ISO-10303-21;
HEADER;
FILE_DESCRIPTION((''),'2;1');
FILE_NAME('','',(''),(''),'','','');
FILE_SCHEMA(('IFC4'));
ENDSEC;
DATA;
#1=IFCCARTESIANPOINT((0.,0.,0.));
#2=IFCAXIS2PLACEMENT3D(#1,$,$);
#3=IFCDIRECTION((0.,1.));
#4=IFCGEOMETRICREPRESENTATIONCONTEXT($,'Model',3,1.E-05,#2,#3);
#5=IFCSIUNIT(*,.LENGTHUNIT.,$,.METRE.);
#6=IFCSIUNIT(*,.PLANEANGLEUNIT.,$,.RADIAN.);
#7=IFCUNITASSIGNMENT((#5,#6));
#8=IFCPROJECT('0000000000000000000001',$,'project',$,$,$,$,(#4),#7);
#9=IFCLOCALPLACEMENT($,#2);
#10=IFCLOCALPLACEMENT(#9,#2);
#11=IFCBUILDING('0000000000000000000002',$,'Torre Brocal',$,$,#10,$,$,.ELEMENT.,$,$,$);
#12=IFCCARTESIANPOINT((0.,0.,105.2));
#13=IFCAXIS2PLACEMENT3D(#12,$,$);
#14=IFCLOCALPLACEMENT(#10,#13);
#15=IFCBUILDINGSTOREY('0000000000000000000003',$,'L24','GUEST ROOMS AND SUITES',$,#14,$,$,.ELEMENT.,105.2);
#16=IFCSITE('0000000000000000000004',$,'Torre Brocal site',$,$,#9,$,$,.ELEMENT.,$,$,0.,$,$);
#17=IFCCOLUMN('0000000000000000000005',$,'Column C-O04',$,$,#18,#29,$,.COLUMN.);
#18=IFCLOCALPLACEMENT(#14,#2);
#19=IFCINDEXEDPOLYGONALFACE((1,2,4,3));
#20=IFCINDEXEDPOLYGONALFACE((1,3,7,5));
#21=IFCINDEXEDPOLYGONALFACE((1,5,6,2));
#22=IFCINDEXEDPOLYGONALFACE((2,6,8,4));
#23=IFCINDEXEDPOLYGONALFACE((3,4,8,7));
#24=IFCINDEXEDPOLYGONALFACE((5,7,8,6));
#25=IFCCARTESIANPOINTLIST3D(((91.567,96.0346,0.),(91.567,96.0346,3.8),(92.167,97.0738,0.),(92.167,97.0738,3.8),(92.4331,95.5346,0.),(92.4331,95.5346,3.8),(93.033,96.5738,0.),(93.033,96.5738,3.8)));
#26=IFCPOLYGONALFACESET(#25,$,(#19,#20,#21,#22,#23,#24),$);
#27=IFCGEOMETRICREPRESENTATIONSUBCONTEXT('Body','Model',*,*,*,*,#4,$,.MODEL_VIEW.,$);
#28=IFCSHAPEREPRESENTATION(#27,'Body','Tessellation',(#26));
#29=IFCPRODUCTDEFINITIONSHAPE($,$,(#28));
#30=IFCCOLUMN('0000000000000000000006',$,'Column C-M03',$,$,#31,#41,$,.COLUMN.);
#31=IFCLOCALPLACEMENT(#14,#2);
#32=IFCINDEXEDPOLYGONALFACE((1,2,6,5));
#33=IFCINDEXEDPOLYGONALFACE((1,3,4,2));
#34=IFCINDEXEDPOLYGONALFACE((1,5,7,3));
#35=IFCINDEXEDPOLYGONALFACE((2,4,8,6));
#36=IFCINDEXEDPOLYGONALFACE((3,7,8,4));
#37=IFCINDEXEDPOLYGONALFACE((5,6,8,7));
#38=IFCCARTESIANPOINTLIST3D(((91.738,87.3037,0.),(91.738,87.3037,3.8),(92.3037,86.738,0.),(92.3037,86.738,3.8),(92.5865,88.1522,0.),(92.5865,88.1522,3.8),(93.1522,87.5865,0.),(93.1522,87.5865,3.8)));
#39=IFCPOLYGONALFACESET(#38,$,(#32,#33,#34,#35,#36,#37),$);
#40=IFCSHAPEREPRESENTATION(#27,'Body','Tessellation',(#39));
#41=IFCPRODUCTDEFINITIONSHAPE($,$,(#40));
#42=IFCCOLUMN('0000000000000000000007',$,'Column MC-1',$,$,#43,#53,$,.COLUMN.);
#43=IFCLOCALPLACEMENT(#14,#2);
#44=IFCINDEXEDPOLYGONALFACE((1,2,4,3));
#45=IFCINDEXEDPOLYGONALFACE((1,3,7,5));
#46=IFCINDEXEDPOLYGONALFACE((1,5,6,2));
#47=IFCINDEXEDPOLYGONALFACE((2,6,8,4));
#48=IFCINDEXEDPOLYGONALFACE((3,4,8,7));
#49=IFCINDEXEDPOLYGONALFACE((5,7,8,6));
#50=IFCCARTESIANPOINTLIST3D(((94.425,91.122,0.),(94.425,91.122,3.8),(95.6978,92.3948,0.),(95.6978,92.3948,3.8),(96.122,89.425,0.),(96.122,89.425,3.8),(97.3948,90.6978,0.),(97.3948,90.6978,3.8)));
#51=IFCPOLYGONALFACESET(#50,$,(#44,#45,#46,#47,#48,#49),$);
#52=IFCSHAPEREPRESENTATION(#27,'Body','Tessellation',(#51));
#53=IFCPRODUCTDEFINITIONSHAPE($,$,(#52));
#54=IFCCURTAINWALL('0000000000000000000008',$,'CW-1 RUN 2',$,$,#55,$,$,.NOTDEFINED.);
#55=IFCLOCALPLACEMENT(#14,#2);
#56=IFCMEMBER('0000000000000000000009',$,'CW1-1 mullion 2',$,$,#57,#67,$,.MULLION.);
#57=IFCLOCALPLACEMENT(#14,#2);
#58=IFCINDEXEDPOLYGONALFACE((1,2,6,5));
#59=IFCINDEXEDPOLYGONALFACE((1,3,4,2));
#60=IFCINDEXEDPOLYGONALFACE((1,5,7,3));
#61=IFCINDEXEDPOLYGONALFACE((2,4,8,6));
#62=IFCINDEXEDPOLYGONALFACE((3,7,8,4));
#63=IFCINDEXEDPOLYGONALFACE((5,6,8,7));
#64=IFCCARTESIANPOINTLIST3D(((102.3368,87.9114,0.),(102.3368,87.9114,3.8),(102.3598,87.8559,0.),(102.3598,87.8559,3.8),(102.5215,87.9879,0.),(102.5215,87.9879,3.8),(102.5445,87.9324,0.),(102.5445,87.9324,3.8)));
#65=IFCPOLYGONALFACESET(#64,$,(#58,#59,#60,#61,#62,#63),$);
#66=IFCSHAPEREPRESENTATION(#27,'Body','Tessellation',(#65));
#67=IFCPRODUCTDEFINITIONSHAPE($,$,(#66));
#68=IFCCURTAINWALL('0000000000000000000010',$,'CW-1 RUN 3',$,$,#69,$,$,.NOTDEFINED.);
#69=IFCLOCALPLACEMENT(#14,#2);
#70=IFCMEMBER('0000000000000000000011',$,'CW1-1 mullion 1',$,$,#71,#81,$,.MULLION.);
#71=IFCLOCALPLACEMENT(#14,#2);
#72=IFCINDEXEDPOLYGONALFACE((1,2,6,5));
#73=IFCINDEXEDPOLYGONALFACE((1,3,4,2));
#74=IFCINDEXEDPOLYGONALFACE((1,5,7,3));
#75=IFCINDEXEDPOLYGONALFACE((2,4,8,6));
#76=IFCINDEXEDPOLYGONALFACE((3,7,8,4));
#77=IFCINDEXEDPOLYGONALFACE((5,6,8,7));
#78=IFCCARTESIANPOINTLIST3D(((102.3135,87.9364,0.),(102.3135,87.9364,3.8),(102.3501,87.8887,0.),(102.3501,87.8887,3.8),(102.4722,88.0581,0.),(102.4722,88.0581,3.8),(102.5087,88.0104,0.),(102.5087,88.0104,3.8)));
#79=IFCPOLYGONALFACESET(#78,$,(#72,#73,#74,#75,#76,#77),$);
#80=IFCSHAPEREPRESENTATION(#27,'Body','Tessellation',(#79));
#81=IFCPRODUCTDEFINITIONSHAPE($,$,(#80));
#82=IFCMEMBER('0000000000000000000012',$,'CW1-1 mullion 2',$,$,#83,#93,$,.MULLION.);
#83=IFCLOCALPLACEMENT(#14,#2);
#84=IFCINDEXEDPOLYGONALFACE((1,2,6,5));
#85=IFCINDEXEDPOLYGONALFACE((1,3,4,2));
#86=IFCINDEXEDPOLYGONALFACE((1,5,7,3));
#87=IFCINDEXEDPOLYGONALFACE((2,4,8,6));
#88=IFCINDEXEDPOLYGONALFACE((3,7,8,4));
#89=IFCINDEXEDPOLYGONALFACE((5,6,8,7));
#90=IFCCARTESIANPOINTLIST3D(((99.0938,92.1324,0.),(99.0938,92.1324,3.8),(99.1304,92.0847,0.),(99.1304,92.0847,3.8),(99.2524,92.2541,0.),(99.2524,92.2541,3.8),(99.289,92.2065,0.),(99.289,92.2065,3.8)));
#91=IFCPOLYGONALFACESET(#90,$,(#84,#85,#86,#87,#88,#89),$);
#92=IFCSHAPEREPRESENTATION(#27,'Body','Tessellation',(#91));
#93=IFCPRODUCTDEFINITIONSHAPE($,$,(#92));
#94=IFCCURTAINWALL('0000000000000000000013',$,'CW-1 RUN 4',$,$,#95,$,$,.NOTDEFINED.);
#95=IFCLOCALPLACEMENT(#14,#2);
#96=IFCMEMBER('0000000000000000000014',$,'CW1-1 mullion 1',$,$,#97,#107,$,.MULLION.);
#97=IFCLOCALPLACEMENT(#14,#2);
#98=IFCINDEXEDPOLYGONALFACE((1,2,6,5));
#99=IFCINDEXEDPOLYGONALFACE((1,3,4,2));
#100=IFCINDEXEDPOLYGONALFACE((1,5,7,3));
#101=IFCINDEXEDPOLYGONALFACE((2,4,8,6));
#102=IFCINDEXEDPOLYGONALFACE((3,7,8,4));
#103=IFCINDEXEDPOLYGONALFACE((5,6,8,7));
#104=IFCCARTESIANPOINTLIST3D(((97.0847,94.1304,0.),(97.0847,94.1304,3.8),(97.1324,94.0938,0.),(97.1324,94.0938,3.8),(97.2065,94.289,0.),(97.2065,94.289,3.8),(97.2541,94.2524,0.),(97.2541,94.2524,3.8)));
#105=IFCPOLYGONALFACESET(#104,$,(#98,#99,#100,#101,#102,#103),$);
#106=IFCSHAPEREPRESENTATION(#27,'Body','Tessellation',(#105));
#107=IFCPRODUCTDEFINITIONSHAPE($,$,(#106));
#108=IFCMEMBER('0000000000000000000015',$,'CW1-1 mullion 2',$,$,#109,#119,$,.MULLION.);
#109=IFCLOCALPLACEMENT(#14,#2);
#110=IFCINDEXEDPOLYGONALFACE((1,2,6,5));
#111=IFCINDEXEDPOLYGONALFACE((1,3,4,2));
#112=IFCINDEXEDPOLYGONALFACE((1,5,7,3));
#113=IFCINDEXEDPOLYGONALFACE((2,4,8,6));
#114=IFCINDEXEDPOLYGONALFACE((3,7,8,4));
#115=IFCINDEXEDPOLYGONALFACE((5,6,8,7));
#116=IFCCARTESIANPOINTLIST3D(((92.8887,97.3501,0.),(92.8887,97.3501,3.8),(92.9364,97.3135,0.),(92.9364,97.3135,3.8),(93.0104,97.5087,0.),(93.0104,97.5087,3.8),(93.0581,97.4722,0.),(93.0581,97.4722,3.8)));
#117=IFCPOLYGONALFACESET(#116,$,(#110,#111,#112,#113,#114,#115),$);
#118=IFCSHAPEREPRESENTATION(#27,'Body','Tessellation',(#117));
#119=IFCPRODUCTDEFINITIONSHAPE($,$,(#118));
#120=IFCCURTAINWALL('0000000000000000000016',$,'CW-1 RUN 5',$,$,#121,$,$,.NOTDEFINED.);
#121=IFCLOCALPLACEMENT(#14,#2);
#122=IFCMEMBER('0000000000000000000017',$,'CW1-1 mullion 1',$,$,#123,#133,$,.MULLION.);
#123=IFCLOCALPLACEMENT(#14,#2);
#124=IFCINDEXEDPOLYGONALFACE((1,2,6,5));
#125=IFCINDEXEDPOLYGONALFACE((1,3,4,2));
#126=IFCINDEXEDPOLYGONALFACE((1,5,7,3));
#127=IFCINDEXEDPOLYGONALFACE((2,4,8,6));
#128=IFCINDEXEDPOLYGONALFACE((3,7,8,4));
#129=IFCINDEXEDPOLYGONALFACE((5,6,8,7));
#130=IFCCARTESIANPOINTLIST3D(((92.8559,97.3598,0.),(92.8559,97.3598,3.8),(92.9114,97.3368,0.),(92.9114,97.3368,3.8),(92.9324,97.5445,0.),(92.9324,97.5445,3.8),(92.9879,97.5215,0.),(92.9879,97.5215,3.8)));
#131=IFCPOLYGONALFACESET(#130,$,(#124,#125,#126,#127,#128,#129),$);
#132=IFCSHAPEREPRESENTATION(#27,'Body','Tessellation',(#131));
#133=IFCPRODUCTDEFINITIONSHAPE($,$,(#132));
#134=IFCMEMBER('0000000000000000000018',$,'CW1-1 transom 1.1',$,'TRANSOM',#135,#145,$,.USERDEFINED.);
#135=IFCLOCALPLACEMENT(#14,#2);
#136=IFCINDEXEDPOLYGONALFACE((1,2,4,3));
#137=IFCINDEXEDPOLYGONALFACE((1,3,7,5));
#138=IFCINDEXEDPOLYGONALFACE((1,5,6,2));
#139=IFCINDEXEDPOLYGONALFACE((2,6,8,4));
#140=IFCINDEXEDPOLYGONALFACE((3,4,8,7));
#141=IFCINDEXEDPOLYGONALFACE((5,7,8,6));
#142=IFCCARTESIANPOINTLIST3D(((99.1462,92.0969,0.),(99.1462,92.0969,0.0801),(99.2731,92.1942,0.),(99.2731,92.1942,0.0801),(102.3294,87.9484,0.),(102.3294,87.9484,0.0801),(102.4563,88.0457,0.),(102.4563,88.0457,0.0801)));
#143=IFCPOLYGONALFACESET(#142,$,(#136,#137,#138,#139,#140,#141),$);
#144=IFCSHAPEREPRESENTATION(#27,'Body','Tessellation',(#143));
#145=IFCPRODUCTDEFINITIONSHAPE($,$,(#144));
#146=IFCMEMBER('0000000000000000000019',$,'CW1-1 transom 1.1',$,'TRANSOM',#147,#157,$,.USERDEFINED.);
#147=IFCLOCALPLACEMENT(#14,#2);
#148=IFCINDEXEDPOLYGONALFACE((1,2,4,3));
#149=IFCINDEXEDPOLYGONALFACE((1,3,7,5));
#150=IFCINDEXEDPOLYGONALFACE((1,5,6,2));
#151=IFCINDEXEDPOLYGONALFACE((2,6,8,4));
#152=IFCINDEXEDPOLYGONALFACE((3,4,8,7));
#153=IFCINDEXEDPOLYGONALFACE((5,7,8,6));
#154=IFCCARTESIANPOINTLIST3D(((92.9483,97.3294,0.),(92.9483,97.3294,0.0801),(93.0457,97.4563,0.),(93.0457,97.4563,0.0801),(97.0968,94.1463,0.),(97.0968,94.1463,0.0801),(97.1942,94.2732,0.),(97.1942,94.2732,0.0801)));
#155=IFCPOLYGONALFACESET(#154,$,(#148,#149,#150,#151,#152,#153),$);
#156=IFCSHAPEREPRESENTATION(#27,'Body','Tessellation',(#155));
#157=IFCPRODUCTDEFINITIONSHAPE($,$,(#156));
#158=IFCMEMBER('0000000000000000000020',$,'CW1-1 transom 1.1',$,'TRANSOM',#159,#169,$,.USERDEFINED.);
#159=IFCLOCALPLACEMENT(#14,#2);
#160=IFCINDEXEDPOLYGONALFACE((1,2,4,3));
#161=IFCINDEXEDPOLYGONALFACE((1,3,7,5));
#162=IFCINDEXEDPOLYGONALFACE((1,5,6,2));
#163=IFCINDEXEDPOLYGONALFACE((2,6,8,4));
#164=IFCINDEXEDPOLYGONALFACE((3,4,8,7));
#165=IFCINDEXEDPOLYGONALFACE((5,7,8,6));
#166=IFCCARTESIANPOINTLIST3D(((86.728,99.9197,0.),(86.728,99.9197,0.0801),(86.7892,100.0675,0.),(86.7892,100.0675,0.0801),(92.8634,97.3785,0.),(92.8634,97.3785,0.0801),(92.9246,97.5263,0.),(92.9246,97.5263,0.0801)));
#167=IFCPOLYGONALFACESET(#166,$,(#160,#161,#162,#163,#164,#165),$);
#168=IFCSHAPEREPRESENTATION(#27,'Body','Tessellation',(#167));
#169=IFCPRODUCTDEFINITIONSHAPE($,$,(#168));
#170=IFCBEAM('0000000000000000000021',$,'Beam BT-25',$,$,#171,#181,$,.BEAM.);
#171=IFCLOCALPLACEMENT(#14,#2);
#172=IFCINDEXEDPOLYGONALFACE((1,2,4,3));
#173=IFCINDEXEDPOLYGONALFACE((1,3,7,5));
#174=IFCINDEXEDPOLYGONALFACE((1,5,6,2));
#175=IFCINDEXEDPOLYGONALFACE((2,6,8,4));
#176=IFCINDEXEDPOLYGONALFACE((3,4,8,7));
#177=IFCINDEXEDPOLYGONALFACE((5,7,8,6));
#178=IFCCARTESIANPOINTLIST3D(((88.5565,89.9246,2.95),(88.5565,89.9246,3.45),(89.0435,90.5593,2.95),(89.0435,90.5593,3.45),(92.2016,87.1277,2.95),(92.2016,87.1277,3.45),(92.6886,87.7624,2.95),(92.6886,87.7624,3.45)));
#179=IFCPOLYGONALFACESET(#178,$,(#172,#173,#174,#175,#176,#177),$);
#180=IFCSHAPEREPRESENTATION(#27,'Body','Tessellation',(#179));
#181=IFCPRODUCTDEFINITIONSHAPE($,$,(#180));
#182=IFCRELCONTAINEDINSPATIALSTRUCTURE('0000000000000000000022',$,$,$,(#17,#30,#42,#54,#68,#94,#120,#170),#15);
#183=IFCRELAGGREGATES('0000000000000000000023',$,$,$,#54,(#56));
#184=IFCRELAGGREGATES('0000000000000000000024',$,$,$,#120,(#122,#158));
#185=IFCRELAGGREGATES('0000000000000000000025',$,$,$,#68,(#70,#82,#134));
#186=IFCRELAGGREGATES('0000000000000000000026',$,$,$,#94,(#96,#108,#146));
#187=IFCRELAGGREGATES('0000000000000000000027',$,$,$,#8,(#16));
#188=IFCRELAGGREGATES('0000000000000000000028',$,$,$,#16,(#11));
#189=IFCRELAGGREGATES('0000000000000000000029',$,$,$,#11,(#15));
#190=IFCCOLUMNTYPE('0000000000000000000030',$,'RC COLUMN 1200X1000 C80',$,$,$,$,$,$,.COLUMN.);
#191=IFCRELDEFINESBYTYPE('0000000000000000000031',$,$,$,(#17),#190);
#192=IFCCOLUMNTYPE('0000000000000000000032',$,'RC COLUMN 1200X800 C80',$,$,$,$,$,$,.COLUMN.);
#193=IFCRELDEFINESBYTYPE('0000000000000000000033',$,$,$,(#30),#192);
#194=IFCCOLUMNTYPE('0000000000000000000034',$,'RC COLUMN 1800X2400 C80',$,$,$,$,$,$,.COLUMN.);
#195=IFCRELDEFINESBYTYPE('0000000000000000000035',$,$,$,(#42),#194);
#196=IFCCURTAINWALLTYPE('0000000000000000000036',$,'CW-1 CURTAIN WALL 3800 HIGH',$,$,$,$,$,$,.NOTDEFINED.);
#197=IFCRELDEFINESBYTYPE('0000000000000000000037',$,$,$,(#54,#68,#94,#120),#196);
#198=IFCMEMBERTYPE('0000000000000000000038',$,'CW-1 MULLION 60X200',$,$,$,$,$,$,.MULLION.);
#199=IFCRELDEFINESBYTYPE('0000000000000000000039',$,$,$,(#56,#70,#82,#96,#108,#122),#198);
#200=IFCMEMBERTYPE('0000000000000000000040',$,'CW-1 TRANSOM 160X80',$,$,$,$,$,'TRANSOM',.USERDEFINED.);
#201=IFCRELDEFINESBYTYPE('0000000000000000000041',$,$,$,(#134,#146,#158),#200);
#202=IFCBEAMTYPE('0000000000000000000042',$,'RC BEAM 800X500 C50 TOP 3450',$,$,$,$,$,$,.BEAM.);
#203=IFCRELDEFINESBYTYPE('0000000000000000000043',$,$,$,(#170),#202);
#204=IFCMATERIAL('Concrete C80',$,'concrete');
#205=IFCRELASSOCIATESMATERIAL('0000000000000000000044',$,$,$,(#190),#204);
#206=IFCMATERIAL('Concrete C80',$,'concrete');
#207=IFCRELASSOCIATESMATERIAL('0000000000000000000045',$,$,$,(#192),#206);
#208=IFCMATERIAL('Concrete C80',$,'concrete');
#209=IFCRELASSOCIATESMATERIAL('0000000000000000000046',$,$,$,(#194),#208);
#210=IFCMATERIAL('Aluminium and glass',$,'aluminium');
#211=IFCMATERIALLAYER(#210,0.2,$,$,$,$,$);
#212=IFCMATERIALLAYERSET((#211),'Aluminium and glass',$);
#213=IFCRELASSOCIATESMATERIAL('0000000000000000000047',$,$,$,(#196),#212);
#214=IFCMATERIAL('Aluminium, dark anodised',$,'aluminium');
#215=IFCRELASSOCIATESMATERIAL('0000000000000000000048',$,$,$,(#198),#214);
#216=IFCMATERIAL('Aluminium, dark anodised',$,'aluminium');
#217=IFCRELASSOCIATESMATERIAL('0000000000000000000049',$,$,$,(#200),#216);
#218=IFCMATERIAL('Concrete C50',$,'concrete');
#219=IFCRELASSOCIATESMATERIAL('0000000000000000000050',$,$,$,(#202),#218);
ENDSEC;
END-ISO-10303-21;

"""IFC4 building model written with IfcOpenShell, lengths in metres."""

from ifc_helpers import new_model, si_unit, direction, frame, origin, origin_2d, place, context, subcontext, project, spatial, rectangle, extrude, material, layer, layer_set, material_profile, profile_set, type_object, element, aggregate, save


model = new_model("IFC4")

# Units and contexts
model_context = context("Model", 3, precision=1e-05, world=origin(), true_north=direction((0.0, 1.0)))
body_context = subcontext(model_context, "Body", "Model", "MODEL_VIEW")
ifc_project = project(units=[si_unit("LENGTHUNIT", "METRE"), si_unit("PLANEANGLEUNIT", "RADIAN")], contexts=[model_context])

# Site, building, storey
site_placement = place(None, origin())
site = spatial("IfcSite", under=ifc_project, at=site_placement, Name="Torre Brocal site", CompositionType="ELEMENT", RefElevation=0.0)
building_placement = place(site_placement, origin())
building = spatial("IfcBuilding", under=site, at=building_placement, Name="Torre Brocal", CompositionType="ELEMENT")
storey_placement = place(building_placement, frame((0.0, 0.0, 105.2)))
storey = spatial("IfcBuildingStorey", under=building, at=storey_placement, Name="L24", Description="GUEST ROOMS AND SUITES", CompositionType="ELEMENT", Elevation=105.2)

# Columns
ifc_material_1 = material(Name="Concrete C80", Category="concrete")
ifc_material_profile_1 = material_profile(ifc_material_1, rectangle(XDim=1.2, YDim=1.0, at=origin_2d()), Name="RC 1200X1000")
ifc_profile_set_1 = profile_set([ifc_material_profile_1], Name="Concrete C80")
column_type_1 = type_object("IfcColumnType", Name="RC COLUMN 1200X1000 C80", PredefinedType="COLUMN", material=ifc_profile_set_1)
column_1_placement = place(storey_placement, frame((92.3, 96.3042, 0.0), z_axis=(0.0, 0.0, 1.0), x_axis=(0.5, 0.866025, 0.0)))
element("IfcColumn", 1, at=column_1_placement, inside=storey, type_object=column_type_1, Name="Column C-O04", PredefinedType="COLUMN", context=body_context, shape_type="SweptSolid", body=[
    extrude(rectangle(XDim=1.2, YDim=1.0, at=origin_2d()), origin(), (0.0, 0.0, 1.0), 3.8),
])
ifc_material_2 = material(Name="Concrete C80", Category="concrete")
ifc_material_profile_2 = material_profile(ifc_material_2, rectangle(XDim=1.2, YDim=0.8, at=origin_2d()), Name="RC 1200X800")
ifc_profile_set_2 = profile_set([ifc_material_profile_2], Name="Concrete C80")
column_type_2 = type_object("IfcColumnType", Name="RC COLUMN 1200X800 C80", PredefinedType="COLUMN", material=ifc_profile_set_2)
column_2_placement = place(storey_placement, frame((92.4451, 87.4451, 0.0), z_axis=(0.0, 0.0, 1.0), x_axis=(0.707107, 0.707107, 0.0)))
element("IfcColumn", 2, at=column_2_placement, inside=storey, type_object=column_type_2, Name="Column C-M03", PredefinedType="COLUMN", context=body_context, shape_type="SweptSolid", body=[
    extrude(rectangle(XDim=1.2, YDim=0.8, at=origin_2d()), origin(), (0.0, 0.0, 1.0), 3.8),
])
ifc_material_3 = material(Name="Concrete C80", Category="concrete")
ifc_material_profile_3 = material_profile(ifc_material_3, rectangle(XDim=1.8, YDim=2.3999, at=origin_2d()), Name="RC 1800X2400")
ifc_profile_set_3 = profile_set([ifc_material_profile_3], Name="Concrete C80")
column_type_3 = type_object("IfcColumnType", Name="RC COLUMN 1800X2400 C80", PredefinedType="COLUMN", material=ifc_profile_set_3)
column_3_placement = place(storey_placement, frame((95.9099, 90.9099, 0.0), z_axis=(0.0, 0.0, 1.0), x_axis=(0.707107, 0.707107, 0.0)))
element("IfcColumn", 3, at=column_3_placement, inside=storey, type_object=column_type_3, Name="Column MC-1", PredefinedType="COLUMN", context=body_context, shape_type="SweptSolid", body=[
    extrude(rectangle(XDim=1.8, YDim=2.3999, at=origin_2d()), origin(), (0.0, 0.0, 1.0), 3.8),
])

# Curtain wall, member
ifc_material_4 = material(Name="Aluminium and glass", Category="aluminium")
ifc_layer_1 = layer(ifc_material_4, 0.2)
ifc_layer_set_1 = layer_set([ifc_layer_1], Name="Aluminium and glass")
curtain_wall_type = type_object("IfcCurtainWallType", Name="CW-1 CURTAIN WALL 3800 HIGH", PredefinedType="NOTDEFINED", material=ifc_layer_set_1)
curtain_wall_1_placement = place(storey_placement, origin())
curtain_wall_1 = element("IfcCurtainWall", 4, at=curtain_wall_1_placement, inside=storey, type_object=curtain_wall_type, Name="CW-1 RUN 2", PredefinedType="NOTDEFINED")
ifc_material_5 = material(Name="Aluminium, dark anodised", Category="aluminium")
ifc_material_profile_4 = material_profile(ifc_material_5, rectangle(XDim=0.2, YDim=0.0601, at=origin_2d()), Name="CW-1 MULLION 60X200")
ifc_profile_set_4 = profile_set([ifc_material_profile_4], Name="Aluminium, dark anodised")
member_type_1 = type_object("IfcMemberType", Name="CW-1 MULLION 60X200", PredefinedType="MULLION", material=ifc_profile_set_4)
member_1_placement = place(storey_placement, frame((102.4407, 87.9219, 0.0), z_axis=(0.0, 0.0, 1.0), x_axis=(-0.92388, -0.382683, 0.0)))
member_1 = element("IfcMember", 5, at=member_1_placement, type_object=member_type_1, Name="CW1-1 mullion 2", PredefinedType="MULLION", context=body_context, shape_type="SweptSolid", body=[
    extrude(rectangle(XDim=0.2, YDim=0.0601, at=origin_2d()), origin(), (0.0, 0.0, 1.0), 3.8),
])
aggregate(curtain_wall_1, [member_1])

# Curtain walls, members
curtain_wall_2_placement = place(storey_placement, origin())
curtain_wall_2 = element("IfcCurtainWall", 6, at=curtain_wall_2_placement, inside=storey, type_object=curtain_wall_type, Name="CW-1 RUN 3", PredefinedType="NOTDEFINED")
member_2_placement = place(storey_placement, frame((102.4111, 87.9734, 0.0), z_axis=(0.0, 0.0, 1.0), x_axis=(-0.793353, -0.608761, 0.0)))
member_2 = element("IfcMember", 7, at=member_2_placement, type_object=member_type_1, Name="CW1-1 mullion 1", PredefinedType="MULLION", context=body_context, shape_type="SweptSolid", body=[
    extrude(rectangle(XDim=0.2, YDim=0.0601, at=origin_2d()), origin(), (0.0, 0.0, 1.0), 3.8),
])
member_3_placement = place(storey_placement, frame((99.1914, 92.1694, 0.0), z_axis=(0.0, 0.0, 1.0), x_axis=(-0.793353, -0.608761, 0.0)))
member_3 = element("IfcMember", 8, at=member_3_placement, type_object=member_type_1, Name="CW1-1 mullion 2", PredefinedType="MULLION", context=body_context, shape_type="SweptSolid", body=[
    extrude(rectangle(XDim=0.2, YDim=0.0601, at=origin_2d()), origin(), (0.0, 0.0, 1.0), 3.8),
])
curtain_wall_3_placement = place(storey_placement, origin())
curtain_wall_3 = element("IfcCurtainWall", 9, at=curtain_wall_3_placement, inside=storey, type_object=curtain_wall_type, Name="CW-1 RUN 4", PredefinedType="NOTDEFINED")
member_4_placement = place(storey_placement, frame((97.1694, 94.1914, 0.0), z_axis=(0.0, 0.0, 1.0), x_axis=(-0.608761, -0.793353, 0.0)))
member_4 = element("IfcMember", 10, at=member_4_placement, type_object=member_type_1, Name="CW1-1 mullion 1", PredefinedType="MULLION", context=body_context, shape_type="SweptSolid", body=[
    extrude(rectangle(XDim=0.2, YDim=0.0601, at=origin_2d()), origin(), (0.0, 0.0, 1.0), 3.8),
])
member_5_placement = place(storey_placement, frame((92.9734, 97.4111, 0.0), z_axis=(0.0, 0.0, 1.0), x_axis=(-0.608761, -0.793353, 0.0)))
member_5 = element("IfcMember", 11, at=member_5_placement, type_object=member_type_1, Name="CW1-1 mullion 2", PredefinedType="MULLION", context=body_context, shape_type="SweptSolid", body=[
    extrude(rectangle(XDim=0.2, YDim=0.0601, at=origin_2d()), origin(), (0.0, 0.0, 1.0), 3.8),
])

# Curtain wall, member
curtain_wall_4_placement = place(storey_placement, origin())
curtain_wall_4 = element("IfcCurtainWall", 12, at=curtain_wall_4_placement, inside=storey, type_object=curtain_wall_type, Name="CW-1 RUN 5", PredefinedType="NOTDEFINED")
member_6_placement = place(storey_placement, frame((92.9219, 97.4407, 0.0), z_axis=(0.0, 0.0, 1.0), x_axis=(-0.382683, -0.92388, 0.0)))
member_6 = element("IfcMember", 13, at=member_6_placement, type_object=member_type_1, Name="CW1-1 mullion 1", PredefinedType="MULLION", context=body_context, shape_type="SweptSolid", body=[
    extrude(rectangle(XDim=0.2, YDim=0.0601, at=origin_2d()), origin(), (0.0, 0.0, 1.0), 3.8),
])

# Members
ifc_material_6 = material(Name="Aluminium, dark anodised", Category="aluminium")
ifc_material_profile_5 = material_profile(ifc_material_6, rectangle(XDim=0.1599, YDim=0.0801, at=origin_2d()), Name="CW-1 TRANSOM 160X80")
ifc_profile_set_5 = profile_set([ifc_material_profile_5], Name="Aluminium, dark anodised")
member_type_2 = type_object("IfcMemberType", Name="CW-1 TRANSOM 160X80", ElementType="TRANSOM", PredefinedType="USERDEFINED", material=ifc_profile_set_5)
member_7_placement = place(storey_placement, frame((102.3928, 87.9971, 0.04), z_axis=(-0.608749, 0.793363, 0.0), x_axis=(-0.793363, -0.608749, 0.0)))
member_7 = element("IfcMember", 14, at=member_7_placement, type_object=member_type_2, Name="CW1-1 transom 1.1", ObjectType="TRANSOM", PredefinedType="USERDEFINED", context=body_context, shape_type="SweptSolid", body=[
    extrude(rectangle(XDim=0.1599, YDim=0.0801, at=origin_2d()), origin(), (0.0, 0.0, 1.0), 5.229),
])
member_8_placement = place(storey_placement, frame((97.1455, 94.2097, 0.04), z_axis=(-0.793363, 0.608749, 0.0), x_axis=(-0.608749, -0.793363, 0.0)))
member_8 = element("IfcMember", 15, at=member_8_placement, type_object=member_type_2, Name="CW1-1 transom 1.1", ObjectType="TRANSOM", PredefinedType="USERDEFINED", context=body_context, shape_type="SweptSolid", body=[
    extrude(rectangle(XDim=0.1599, YDim=0.0801, at=origin_2d()), origin(), (0.0, 0.0, 1.0), 5.229),
])
member_9_placement = place(storey_placement, frame((92.894, 97.4524, 0.04), z_axis=(-0.923887, 0.382665, 0.0), x_axis=(-0.382665, -0.923887, 0.0)))
member_9 = element("IfcMember", 16, at=member_9_placement, type_object=member_type_2, Name="CW1-1 transom 1.1", ObjectType="TRANSOM", PredefinedType="USERDEFINED", context=body_context, shape_type="SweptSolid", body=[
    extrude(rectangle(XDim=0.1599, YDim=0.0801, at=origin_2d()), origin(), (0.0, 0.0, 1.0), 6.6409),
])
aggregate(curtain_wall_4, [member_6, member_9])

# Beam
ifc_material_7 = material(Name="Concrete C50", Category="concrete")
ifc_material_profile_6 = material_profile(ifc_material_7, rectangle(XDim=0.8, YDim=0.5, at=origin_2d()), Name="RC 800X500")
ifc_profile_set_6 = profile_set([ifc_material_profile_6], Name="Concrete C50")
beam_type_1 = type_object("IfcBeamType", Name="RC BEAM 800X500 C50 TOP 3450", PredefinedType="BEAM", material=ifc_profile_set_6)
beam_1_placement = place(storey_placement, frame((92.4451, 87.4451, 3.2), z_axis=(-0.793358, 0.608755, 0.0), x_axis=(-0.608755, -0.793358, 0.0)))
element("IfcBeam", 17, at=beam_1_placement, inside=storey, type_object=beam_type_1, Name="Beam BT-25", PredefinedType="BEAM", context=body_context, shape_type="SweptSolid", body=[
    extrude(rectangle(XDim=0.8, YDim=0.5, at=origin_2d()), origin(), (0.0, 0.0, 1.0), 4.5945),
])

aggregate(curtain_wall_2, [member_2, member_3, member_7])
aggregate(curtain_wall_3, [member_4, member_5, member_8])

save(model, "model.ifc")
